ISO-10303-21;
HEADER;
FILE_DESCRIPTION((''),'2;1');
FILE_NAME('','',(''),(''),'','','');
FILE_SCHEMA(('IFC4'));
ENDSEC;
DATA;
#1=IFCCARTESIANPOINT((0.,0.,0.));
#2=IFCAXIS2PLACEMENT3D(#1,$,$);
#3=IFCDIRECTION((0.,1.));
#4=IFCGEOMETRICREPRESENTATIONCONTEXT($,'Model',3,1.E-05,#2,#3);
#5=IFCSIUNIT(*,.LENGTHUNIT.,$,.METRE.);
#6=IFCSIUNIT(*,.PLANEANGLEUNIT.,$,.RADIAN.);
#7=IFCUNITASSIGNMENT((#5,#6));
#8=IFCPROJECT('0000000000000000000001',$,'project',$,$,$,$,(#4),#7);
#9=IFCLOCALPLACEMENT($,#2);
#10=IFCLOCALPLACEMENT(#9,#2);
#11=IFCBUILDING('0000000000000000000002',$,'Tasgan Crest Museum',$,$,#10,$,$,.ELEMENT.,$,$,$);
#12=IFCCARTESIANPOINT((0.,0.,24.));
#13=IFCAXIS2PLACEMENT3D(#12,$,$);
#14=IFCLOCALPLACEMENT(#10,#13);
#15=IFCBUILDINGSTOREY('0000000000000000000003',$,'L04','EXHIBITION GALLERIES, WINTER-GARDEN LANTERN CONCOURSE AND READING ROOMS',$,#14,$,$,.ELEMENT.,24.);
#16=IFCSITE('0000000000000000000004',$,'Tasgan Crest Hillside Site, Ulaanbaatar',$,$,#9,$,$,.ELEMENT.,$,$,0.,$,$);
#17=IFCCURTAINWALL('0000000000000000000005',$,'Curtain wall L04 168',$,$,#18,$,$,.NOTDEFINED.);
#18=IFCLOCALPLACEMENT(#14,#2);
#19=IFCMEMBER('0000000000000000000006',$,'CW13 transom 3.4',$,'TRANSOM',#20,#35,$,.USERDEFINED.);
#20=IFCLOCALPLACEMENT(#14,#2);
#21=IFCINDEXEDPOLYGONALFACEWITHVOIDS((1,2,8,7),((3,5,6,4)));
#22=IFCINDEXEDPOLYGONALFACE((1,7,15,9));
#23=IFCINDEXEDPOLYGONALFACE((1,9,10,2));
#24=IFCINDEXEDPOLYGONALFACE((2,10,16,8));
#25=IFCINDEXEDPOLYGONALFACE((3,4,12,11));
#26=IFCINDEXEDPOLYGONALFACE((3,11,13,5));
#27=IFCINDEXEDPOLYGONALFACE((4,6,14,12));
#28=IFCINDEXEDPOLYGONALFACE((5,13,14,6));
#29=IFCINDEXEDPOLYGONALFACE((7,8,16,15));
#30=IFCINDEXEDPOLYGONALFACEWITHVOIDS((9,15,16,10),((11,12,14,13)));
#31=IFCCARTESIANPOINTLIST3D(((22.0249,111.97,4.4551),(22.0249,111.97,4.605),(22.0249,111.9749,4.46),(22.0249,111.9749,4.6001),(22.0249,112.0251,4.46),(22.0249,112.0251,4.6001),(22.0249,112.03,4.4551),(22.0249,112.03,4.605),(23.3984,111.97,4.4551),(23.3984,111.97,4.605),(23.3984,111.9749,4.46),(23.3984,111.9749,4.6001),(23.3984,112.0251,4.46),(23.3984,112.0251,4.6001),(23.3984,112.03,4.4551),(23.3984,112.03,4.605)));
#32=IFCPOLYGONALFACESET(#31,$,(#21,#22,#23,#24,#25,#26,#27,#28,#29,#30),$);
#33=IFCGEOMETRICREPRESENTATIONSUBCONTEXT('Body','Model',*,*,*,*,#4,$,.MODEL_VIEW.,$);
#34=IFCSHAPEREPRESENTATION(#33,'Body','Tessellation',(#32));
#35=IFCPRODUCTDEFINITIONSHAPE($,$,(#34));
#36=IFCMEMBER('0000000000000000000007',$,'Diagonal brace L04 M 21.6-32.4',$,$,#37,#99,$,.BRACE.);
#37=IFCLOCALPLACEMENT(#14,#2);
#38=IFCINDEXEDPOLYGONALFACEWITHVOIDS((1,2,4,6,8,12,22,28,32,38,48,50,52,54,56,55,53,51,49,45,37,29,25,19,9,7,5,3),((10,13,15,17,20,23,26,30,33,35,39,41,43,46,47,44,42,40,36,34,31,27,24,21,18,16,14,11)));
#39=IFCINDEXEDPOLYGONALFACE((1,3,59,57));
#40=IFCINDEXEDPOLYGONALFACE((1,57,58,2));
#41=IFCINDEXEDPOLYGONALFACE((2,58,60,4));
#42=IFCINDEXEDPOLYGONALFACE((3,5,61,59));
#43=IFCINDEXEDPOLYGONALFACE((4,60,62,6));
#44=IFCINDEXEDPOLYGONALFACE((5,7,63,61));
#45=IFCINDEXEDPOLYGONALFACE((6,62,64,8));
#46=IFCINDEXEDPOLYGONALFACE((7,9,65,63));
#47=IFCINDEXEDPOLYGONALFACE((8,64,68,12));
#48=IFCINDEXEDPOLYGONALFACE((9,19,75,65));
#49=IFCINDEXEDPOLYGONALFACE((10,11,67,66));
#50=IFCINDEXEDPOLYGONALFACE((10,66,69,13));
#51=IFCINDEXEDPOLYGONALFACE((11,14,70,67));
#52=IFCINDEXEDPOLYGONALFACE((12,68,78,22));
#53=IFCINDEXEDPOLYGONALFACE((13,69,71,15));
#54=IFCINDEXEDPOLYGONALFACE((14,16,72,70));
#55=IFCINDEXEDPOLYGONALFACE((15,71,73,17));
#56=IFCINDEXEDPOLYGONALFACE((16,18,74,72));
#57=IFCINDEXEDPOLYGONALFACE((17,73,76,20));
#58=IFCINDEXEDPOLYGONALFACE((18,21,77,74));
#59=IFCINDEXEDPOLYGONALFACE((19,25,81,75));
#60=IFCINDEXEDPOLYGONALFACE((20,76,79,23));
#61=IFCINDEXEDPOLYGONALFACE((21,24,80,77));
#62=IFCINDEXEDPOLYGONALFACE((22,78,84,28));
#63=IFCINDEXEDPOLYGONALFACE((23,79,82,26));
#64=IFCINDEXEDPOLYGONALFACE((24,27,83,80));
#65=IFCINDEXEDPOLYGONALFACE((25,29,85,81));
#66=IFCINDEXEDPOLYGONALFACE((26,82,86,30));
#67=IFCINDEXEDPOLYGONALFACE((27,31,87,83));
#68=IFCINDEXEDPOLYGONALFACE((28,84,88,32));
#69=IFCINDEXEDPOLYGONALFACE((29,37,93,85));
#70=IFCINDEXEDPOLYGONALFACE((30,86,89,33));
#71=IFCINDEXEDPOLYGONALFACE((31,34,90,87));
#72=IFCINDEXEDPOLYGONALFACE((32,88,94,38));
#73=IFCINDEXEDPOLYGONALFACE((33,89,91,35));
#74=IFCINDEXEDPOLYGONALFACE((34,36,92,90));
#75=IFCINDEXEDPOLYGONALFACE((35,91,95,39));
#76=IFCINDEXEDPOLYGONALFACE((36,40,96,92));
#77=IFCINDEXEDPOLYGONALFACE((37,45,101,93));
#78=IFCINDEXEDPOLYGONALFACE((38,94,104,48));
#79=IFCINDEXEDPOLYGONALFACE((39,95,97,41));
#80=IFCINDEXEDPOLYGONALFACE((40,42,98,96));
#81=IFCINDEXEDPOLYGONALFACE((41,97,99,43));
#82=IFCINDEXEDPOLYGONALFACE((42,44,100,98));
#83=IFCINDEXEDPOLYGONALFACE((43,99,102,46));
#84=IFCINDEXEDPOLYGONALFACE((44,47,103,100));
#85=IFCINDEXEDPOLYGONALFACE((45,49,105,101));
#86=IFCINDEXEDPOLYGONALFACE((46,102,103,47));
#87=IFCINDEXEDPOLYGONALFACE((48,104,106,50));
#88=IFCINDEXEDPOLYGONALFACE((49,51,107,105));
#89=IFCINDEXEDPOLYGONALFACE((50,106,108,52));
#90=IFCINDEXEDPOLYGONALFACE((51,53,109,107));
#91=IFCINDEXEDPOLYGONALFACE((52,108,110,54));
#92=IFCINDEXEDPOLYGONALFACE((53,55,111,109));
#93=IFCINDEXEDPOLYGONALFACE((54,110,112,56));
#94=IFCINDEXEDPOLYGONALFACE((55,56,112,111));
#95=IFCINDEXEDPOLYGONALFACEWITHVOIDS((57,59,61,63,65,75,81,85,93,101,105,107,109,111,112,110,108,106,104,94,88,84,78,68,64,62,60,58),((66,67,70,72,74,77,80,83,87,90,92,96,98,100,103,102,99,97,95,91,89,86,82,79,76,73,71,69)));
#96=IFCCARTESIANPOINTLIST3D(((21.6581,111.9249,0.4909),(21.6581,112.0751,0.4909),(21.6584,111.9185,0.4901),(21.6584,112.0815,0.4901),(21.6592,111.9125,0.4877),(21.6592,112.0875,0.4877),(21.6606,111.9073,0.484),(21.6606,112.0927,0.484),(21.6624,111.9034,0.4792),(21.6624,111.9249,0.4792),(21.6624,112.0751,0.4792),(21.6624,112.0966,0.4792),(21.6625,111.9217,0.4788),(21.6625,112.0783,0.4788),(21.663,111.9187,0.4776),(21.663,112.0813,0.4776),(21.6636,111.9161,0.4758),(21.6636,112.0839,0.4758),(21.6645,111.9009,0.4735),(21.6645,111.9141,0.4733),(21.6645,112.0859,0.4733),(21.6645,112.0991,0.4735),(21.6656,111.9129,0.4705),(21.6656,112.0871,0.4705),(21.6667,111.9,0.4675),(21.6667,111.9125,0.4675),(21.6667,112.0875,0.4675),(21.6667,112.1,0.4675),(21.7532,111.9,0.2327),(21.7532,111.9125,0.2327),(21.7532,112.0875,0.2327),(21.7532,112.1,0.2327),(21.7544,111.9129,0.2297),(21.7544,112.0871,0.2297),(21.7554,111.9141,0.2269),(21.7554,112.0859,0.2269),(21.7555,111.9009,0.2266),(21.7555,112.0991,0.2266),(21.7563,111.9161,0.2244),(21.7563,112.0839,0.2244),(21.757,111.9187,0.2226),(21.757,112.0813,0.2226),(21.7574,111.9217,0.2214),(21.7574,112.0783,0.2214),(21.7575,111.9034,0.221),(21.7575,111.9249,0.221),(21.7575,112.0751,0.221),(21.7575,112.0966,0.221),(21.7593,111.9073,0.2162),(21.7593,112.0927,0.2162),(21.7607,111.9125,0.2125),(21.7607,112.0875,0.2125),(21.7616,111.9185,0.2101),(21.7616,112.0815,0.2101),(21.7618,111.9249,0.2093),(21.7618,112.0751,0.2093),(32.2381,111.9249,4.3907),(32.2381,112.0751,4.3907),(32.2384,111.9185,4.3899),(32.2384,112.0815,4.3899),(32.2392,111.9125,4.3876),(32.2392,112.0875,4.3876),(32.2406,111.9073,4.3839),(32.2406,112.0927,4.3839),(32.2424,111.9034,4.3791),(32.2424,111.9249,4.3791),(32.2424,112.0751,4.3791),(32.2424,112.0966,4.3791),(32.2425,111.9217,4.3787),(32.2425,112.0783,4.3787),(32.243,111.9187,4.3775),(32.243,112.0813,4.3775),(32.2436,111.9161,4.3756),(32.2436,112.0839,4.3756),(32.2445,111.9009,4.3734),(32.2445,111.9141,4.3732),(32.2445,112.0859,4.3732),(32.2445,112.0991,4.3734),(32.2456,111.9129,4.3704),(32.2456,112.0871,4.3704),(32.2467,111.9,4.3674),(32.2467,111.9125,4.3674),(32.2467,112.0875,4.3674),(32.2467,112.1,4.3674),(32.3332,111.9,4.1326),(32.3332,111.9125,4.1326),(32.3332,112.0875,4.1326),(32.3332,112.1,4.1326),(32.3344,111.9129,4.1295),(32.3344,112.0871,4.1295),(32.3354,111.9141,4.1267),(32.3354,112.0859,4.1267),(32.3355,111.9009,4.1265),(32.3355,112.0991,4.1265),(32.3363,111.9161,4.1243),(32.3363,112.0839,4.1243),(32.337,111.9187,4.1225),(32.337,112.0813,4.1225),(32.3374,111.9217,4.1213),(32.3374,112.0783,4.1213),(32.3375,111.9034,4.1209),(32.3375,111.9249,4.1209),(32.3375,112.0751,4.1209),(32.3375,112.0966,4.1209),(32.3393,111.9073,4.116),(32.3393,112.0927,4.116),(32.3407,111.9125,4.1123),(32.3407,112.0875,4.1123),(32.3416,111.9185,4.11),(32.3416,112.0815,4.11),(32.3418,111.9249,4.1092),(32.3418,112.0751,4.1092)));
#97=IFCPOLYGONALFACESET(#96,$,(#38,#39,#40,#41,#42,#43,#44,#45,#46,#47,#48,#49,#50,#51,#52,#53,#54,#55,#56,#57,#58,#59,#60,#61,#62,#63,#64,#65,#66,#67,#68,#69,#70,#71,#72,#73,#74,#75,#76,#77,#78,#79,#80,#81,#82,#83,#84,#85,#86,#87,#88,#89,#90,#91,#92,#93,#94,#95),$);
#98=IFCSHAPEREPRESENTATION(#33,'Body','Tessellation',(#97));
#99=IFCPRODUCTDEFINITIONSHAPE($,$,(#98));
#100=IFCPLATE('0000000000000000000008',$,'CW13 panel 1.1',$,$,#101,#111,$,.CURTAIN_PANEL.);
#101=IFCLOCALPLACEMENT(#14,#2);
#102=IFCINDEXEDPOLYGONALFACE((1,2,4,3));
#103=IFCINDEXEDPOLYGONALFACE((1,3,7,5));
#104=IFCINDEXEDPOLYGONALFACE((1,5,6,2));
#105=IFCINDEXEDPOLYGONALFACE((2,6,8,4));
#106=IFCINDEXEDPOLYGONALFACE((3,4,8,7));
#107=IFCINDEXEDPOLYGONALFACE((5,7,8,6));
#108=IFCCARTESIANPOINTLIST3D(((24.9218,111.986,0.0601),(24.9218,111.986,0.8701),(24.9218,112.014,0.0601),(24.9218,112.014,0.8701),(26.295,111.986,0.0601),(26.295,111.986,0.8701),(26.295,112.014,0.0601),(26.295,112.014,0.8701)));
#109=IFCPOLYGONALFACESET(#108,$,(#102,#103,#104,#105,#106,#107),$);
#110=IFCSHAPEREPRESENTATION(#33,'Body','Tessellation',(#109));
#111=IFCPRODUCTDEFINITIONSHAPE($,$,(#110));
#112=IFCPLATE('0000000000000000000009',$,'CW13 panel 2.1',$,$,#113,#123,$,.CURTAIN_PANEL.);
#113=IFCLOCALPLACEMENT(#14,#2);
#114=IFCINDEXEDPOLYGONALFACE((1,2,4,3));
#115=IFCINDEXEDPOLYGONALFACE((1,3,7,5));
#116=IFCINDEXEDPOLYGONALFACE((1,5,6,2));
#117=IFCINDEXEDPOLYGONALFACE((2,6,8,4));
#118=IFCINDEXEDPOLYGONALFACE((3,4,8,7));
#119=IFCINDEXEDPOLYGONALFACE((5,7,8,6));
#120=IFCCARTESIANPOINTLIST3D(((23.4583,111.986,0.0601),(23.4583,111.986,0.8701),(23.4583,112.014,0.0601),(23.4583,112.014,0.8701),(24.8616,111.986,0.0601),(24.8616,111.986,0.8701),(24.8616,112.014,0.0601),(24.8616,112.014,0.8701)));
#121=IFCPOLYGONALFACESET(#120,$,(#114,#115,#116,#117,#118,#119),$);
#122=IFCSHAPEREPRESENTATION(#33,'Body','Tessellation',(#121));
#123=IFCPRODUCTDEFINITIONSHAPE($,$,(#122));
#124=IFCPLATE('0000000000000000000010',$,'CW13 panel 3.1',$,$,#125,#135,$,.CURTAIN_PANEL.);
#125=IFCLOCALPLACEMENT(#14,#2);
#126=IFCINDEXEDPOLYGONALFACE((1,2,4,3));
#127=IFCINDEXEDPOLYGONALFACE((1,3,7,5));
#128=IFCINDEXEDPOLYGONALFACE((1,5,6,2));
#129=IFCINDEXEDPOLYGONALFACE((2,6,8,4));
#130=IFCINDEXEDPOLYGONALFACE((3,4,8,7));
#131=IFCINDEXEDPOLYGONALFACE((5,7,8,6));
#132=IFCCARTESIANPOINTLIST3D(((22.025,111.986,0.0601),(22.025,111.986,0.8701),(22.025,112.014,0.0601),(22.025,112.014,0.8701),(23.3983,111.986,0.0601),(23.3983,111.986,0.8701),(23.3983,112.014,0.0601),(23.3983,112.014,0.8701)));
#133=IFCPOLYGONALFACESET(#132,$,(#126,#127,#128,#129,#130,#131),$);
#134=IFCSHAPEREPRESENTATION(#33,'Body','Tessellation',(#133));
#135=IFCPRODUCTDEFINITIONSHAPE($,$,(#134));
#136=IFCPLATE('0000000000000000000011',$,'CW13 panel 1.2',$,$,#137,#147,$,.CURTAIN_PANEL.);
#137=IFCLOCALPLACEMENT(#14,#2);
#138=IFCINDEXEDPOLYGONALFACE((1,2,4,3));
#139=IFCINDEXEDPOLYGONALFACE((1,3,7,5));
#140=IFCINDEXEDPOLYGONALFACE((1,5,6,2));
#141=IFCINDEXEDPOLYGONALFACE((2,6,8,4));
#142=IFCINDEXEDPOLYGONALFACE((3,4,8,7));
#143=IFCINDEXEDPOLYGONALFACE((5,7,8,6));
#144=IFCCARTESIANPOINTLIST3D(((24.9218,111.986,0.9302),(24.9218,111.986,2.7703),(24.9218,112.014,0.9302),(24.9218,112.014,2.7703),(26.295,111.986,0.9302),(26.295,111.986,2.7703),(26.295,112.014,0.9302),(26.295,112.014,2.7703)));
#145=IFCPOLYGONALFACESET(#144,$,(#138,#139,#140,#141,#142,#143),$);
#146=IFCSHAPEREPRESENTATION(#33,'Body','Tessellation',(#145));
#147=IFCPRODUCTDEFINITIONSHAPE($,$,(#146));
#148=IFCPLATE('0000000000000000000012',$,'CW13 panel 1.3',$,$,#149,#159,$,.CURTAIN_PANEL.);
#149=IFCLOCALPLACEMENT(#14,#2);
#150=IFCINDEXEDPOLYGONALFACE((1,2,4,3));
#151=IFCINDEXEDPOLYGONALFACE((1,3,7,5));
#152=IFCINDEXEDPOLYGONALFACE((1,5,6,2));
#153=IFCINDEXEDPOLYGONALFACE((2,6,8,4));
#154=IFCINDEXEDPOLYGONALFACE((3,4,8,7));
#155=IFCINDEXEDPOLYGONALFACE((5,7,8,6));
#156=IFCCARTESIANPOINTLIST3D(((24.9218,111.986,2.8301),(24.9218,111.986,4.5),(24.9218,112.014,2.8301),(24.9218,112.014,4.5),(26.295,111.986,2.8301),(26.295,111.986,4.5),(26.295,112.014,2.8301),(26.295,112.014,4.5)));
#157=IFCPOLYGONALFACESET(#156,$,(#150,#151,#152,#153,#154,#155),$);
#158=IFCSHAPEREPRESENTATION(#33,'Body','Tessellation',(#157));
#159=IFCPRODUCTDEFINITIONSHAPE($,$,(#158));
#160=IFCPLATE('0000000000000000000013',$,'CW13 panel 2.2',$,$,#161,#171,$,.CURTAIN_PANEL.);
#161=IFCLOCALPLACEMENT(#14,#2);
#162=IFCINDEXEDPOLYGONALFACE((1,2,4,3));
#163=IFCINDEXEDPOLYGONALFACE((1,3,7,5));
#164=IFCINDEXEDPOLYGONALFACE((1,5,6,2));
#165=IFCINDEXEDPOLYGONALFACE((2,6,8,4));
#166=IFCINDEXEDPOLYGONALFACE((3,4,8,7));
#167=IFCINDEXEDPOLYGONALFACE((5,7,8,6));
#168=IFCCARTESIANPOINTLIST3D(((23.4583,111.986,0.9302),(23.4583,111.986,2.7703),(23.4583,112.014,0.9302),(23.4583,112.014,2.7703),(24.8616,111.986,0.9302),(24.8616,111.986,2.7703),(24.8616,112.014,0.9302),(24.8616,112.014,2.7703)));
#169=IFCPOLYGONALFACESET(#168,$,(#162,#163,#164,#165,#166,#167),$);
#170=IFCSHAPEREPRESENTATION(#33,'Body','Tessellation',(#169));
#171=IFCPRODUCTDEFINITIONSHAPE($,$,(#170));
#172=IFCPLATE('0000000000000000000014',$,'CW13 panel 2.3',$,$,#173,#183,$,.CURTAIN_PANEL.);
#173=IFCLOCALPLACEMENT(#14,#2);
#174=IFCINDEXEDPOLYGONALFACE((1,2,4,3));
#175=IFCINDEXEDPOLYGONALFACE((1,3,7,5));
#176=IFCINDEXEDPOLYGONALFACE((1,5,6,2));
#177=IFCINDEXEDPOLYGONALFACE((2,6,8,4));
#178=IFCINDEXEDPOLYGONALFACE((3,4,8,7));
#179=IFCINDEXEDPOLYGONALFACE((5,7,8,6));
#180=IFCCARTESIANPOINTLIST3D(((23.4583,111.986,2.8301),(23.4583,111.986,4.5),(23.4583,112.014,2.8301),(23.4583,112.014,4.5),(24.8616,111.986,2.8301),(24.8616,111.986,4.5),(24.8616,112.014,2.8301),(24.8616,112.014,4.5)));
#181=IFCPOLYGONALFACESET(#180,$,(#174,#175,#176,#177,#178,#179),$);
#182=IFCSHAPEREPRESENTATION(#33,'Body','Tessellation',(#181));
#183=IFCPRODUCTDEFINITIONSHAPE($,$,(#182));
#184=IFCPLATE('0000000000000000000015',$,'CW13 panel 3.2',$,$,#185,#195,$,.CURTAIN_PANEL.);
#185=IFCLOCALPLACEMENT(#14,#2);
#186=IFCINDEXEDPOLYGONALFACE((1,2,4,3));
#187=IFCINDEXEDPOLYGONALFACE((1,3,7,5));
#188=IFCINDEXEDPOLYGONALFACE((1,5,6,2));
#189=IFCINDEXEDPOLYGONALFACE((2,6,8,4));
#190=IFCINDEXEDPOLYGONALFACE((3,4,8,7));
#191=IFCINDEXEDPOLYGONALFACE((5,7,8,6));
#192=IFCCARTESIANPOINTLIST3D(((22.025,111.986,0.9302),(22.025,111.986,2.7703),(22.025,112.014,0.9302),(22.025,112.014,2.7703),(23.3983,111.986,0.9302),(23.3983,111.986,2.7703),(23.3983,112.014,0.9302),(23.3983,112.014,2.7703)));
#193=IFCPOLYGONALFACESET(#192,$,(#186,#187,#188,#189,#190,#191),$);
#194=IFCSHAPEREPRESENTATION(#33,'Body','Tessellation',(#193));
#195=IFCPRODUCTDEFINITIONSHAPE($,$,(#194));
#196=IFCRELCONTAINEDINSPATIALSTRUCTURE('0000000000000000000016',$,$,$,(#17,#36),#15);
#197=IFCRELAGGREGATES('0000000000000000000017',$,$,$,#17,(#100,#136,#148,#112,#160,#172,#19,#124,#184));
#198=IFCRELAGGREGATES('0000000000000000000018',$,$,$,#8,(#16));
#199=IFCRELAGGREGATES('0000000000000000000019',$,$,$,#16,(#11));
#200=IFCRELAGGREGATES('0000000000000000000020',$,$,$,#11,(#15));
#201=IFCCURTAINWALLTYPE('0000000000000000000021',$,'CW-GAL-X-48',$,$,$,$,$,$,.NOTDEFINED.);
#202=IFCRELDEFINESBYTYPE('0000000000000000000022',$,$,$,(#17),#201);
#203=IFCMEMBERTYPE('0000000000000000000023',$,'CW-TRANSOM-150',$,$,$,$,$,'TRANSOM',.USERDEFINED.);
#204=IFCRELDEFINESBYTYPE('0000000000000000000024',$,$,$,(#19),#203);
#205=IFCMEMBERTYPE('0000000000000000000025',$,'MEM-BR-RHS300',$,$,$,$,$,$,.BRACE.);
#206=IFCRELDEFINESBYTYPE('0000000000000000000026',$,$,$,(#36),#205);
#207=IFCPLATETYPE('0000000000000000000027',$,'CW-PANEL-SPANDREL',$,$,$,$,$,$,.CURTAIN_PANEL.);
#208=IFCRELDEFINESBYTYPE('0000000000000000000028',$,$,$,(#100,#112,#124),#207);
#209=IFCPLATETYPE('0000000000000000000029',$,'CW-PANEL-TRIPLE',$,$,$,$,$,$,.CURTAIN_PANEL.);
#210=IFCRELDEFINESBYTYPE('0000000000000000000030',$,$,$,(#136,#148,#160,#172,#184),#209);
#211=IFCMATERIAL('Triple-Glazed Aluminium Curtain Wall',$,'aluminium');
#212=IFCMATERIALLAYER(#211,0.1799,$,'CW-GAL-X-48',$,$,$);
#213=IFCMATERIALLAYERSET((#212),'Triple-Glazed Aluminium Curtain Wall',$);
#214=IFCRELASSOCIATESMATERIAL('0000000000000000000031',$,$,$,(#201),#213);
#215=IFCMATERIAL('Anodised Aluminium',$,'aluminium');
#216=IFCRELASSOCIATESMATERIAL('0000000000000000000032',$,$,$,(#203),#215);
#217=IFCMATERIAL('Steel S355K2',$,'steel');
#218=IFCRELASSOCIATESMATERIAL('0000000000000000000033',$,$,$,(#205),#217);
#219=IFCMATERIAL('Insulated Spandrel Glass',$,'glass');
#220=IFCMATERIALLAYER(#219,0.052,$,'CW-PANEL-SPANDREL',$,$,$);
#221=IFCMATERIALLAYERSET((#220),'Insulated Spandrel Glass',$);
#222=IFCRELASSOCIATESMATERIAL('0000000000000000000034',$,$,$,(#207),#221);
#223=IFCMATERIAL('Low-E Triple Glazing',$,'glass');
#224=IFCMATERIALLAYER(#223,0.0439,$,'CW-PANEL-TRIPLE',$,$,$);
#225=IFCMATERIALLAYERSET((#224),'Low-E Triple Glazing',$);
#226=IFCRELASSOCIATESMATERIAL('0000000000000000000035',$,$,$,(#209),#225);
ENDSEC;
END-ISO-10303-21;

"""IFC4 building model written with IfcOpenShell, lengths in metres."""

from ifc_helpers import new_model, si_unit, direction, frame, origin, origin_2d, place, context, subcontext, project, spatial, rectangle, hollow_rectangle, extrude, material, layer, layer_set, material_profile, profile_set, type_object, element, aggregate, save


model = new_model("IFC4")

# Units and contexts
model_context = context("Model", 3, precision=1e-05, world=origin(), true_north=direction((0.0, 1.0)))
body_context = subcontext(model_context, "Body", "Model", "MODEL_VIEW")
ifc_project = project(units=[si_unit("LENGTHUNIT", "METRE"), si_unit("PLANEANGLEUNIT", "RADIAN")], contexts=[model_context])

# Site, building, storey
site_placement = place(None, origin())
site = spatial("IfcSite", under=ifc_project, at=site_placement, Name="Tasgan Crest Hillside Site, Ulaanbaatar", CompositionType="ELEMENT", RefElevation=0.0)
building_placement = place(site_placement, origin())
building = spatial("IfcBuilding", under=site, at=building_placement, Name="Tasgan Crest Museum", CompositionType="ELEMENT")
storey_placement = place(building_placement, frame((0.0, 0.0, 24.0)))
storey = spatial("IfcBuildingStorey", under=building, at=storey_placement, Name="L04", Description="EXHIBITION GALLERIES, WINTER-GARDEN LANTERN CONCOURSE AND READING ROOMS", CompositionType="ELEMENT", Elevation=24.0)

# Curtain wall, member
ifc_material_1 = material(Name="Triple-Glazed Aluminium Curtain Wall", Category="aluminium")
ifc_layer_1 = layer(ifc_material_1, 0.1799, Name="CW-GAL-X-48")
ifc_layer_set_1 = layer_set([ifc_layer_1], Name="Triple-Glazed Aluminium Curtain Wall")
curtain_wall_type = type_object("IfcCurtainWallType", Name="CW-GAL-X-48", PredefinedType="NOTDEFINED", material=ifc_layer_set_1)
curtain_wall_placement = place(storey_placement, origin())
curtain_wall = element("IfcCurtainWall", 1, at=curtain_wall_placement, inside=storey, type_object=curtain_wall_type, Name="Curtain wall L04 168", PredefinedType="NOTDEFINED")
ifc_material_2 = material(Name="Anodised Aluminium", Category="aluminium")
ifc_material_profile_1 = material_profile(ifc_material_2, hollow_rectangle(XDim=0.0601, YDim=0.1499, WallThickness=0.0049, at=origin_2d()), Name="ALU TRANSOM 150x60x5")
ifc_profile_set_1 = profile_set([ifc_material_profile_1], Name="Anodised Aluminium")
member_type_1 = type_object("IfcMemberType", Name="CW-TRANSOM-150", ElementType="TRANSOM", PredefinedType="USERDEFINED", material=ifc_profile_set_1)
member_1_placement = place(storey_placement, frame((23.3984, 112.0, 4.53), z_axis=(-1.0, 0.0, 0.0), x_axis=(0.0, -1.0, 0.0)))
member_1 = element("IfcMember", 2, at=member_1_placement, type_object=member_type_1, Name="CW13 transom 3.4", ObjectType="TRANSOM", PredefinedType="USERDEFINED", context=body_context, shape_type="SweptSolid", body=[
    extrude(hollow_rectangle(XDim=0.0601, YDim=0.1499, WallThickness=0.0049, at=origin_2d()), origin(), (0.0, 0.0, 1.0), 1.3735),
])

# Member
ifc_material_3 = material(Name="Steel S355K2", Category="steel")
ifc_material_profile_2 = material_profile(ifc_material_3, hollow_rectangle(XDim=0.2, YDim=0.3, WallThickness=0.0125, InnerFilletRadius=0.0125, OuterFilletRadius=0.0249, at=origin_2d()), Name="RHS 300x200x12.5")
ifc_profile_set_2 = profile_set([ifc_material_profile_2], Name="Steel S355K2")
member_type_2 = type_object("IfcMemberType", Name="MEM-BR-RHS300", PredefinedType="BRACE", material=ifc_profile_set_2)
member_2_placement = place(storey_placement, frame((21.71, 112.0, 0.3501), z_axis=(0.938286, 0.0, 0.34586), x_axis=(0.0, 1.0, 0.0)))
element("IfcMember", 3, at=member_2_placement, inside=storey, type_object=member_type_2, Name="Diagonal brace L04 M 21.6-32.4", PredefinedType="BRACE", context=body_context, shape_type="SweptSolid", body=[
    extrude(hollow_rectangle(XDim=0.2, YDim=0.3, WallThickness=0.0125, InnerFilletRadius=0.0125, OuterFilletRadius=0.0249, at=origin_2d()), origin(), (0.0, 0.0, 1.0), 11.2759),
])

# Plates
ifc_material_4 = material(Name="Insulated Spandrel Glass", Category="glass")
ifc_layer_2 = layer(ifc_material_4, 0.052, Name="CW-PANEL-SPANDREL")
ifc_layer_set_2 = layer_set([ifc_layer_2], Name="Insulated Spandrel Glass")
plate_type_1 = type_object("IfcPlateType", Name="CW-PANEL-SPANDREL", PredefinedType="CURTAIN_PANEL", material=ifc_layer_set_2)
plate_1_placement = place(storey_placement, frame((25.6084, 112.0, 0.0601), z_axis=(0.0, 0.0, 1.0), x_axis=(-1.0, 0.0, 0.0)))
plate_1 = element("IfcPlate", 4, at=plate_1_placement, type_object=plate_type_1, Name="CW13 panel 1.1", PredefinedType="CURTAIN_PANEL", context=body_context, shape_type="SweptSolid", body=[
    extrude(rectangle(XDim=1.3733, YDim=0.0281, at=origin_2d()), origin(), (0.0, 0.0, 1.0), 0.8101),
])
plate_2_placement = place(storey_placement, frame((24.1599, 112.0, 0.0601), z_axis=(0.0, 0.0, 1.0), x_axis=(-1.0, 0.0, 0.0)))
plate_2 = element("IfcPlate", 5, at=plate_2_placement, type_object=plate_type_1, Name="CW13 panel 2.1", PredefinedType="CURTAIN_PANEL", context=body_context, shape_type="SweptSolid", body=[
    extrude(rectangle(XDim=1.4033, YDim=0.0281, at=origin_2d()), origin(), (0.0, 0.0, 1.0), 0.8101),
])
plate_3_placement = place(storey_placement, frame((22.7117, 112.0, 0.0601), z_axis=(0.0, 0.0, 1.0), x_axis=(-1.0, 0.0, 0.0)))
plate_3 = element("IfcPlate", 6, at=plate_3_placement, type_object=plate_type_1, Name="CW13 panel 3.1", PredefinedType="CURTAIN_PANEL", context=body_context, shape_type="SweptSolid", body=[
    extrude(rectangle(XDim=1.3733, YDim=0.0281, at=origin_2d()), origin(), (0.0, 0.0, 1.0), 0.8101),
])
ifc_material_5 = material(Name="Low-E Triple Glazing", Category="glass")
ifc_layer_3 = layer(ifc_material_5, 0.0439, Name="CW-PANEL-TRIPLE")
ifc_layer_set_3 = layer_set([ifc_layer_3], Name="Low-E Triple Glazing")
plate_type_2 = type_object("IfcPlateType", Name="CW-PANEL-TRIPLE", PredefinedType="CURTAIN_PANEL", material=ifc_layer_set_3)
plate_4_placement = place(storey_placement, frame((25.6084, 112.0, 0.9302), z_axis=(0.0, 0.0, 1.0), x_axis=(-1.0, 0.0, 0.0)))
plate_4 = element("IfcPlate", 7, at=plate_4_placement, type_object=plate_type_2, Name="CW13 panel 1.2", PredefinedType="CURTAIN_PANEL", context=body_context, shape_type="SweptSolid", body=[
    extrude(rectangle(XDim=1.3733, YDim=0.0281, at=origin_2d()), origin(), (0.0, 0.0, 1.0), 1.8401),
])
plate_5_placement = place(storey_placement, frame((25.6084, 112.0, 2.8301), z_axis=(0.0, 0.0, 1.0), x_axis=(-1.0, 0.0, 0.0)))
plate_5 = element("IfcPlate", 8, at=plate_5_placement, type_object=plate_type_2, Name="CW13 panel 1.3", PredefinedType="CURTAIN_PANEL", context=body_context, shape_type="SweptSolid", body=[
    extrude(rectangle(XDim=1.3733, YDim=0.0281, at=origin_2d()), origin(), (0.0, 0.0, 1.0), 1.6699),
])
plate_6_placement = place(storey_placement, frame((24.1599, 112.0, 0.9302), z_axis=(0.0, 0.0, 1.0), x_axis=(-1.0, 0.0, 0.0)))
plate_6 = element("IfcPlate", 9, at=plate_6_placement, type_object=plate_type_2, Name="CW13 panel 2.2", PredefinedType="CURTAIN_PANEL", context=body_context, shape_type="SweptSolid", body=[
    extrude(rectangle(XDim=1.4033, YDim=0.0281, at=origin_2d()), origin(), (0.0, 0.0, 1.0), 1.8401),
])
plate_7_placement = place(storey_placement, frame((24.1599, 112.0, 2.8301), z_axis=(0.0, 0.0, 1.0), x_axis=(-1.0, 0.0, 0.0)))
plate_7 = element("IfcPlate", 10, at=plate_7_placement, type_object=plate_type_2, Name="CW13 panel 2.3", PredefinedType="CURTAIN_PANEL", context=body_context, shape_type="SweptSolid", body=[
    extrude(rectangle(XDim=1.4033, YDim=0.0281, at=origin_2d()), origin(), (0.0, 0.0, 1.0), 1.6699),
])
plate_8_placement = place(storey_placement, frame((22.7117, 112.0, 0.9302), z_axis=(0.0, 0.0, 1.0), x_axis=(-1.0, 0.0, 0.0)))
plate_8 = element("IfcPlate", 11, at=plate_8_placement, type_object=plate_type_2, Name="CW13 panel 3.2", PredefinedType="CURTAIN_PANEL", context=body_context, shape_type="SweptSolid", body=[
    extrude(rectangle(XDim=1.3733, YDim=0.0281, at=origin_2d()), origin(), (0.0, 0.0, 1.0), 1.8401),
])
aggregate(curtain_wall, [plate_1, plate_4, plate_5, plate_2, plate_6, plate_7, member_1, plate_3, plate_8])

save(model, "model.ifc")
